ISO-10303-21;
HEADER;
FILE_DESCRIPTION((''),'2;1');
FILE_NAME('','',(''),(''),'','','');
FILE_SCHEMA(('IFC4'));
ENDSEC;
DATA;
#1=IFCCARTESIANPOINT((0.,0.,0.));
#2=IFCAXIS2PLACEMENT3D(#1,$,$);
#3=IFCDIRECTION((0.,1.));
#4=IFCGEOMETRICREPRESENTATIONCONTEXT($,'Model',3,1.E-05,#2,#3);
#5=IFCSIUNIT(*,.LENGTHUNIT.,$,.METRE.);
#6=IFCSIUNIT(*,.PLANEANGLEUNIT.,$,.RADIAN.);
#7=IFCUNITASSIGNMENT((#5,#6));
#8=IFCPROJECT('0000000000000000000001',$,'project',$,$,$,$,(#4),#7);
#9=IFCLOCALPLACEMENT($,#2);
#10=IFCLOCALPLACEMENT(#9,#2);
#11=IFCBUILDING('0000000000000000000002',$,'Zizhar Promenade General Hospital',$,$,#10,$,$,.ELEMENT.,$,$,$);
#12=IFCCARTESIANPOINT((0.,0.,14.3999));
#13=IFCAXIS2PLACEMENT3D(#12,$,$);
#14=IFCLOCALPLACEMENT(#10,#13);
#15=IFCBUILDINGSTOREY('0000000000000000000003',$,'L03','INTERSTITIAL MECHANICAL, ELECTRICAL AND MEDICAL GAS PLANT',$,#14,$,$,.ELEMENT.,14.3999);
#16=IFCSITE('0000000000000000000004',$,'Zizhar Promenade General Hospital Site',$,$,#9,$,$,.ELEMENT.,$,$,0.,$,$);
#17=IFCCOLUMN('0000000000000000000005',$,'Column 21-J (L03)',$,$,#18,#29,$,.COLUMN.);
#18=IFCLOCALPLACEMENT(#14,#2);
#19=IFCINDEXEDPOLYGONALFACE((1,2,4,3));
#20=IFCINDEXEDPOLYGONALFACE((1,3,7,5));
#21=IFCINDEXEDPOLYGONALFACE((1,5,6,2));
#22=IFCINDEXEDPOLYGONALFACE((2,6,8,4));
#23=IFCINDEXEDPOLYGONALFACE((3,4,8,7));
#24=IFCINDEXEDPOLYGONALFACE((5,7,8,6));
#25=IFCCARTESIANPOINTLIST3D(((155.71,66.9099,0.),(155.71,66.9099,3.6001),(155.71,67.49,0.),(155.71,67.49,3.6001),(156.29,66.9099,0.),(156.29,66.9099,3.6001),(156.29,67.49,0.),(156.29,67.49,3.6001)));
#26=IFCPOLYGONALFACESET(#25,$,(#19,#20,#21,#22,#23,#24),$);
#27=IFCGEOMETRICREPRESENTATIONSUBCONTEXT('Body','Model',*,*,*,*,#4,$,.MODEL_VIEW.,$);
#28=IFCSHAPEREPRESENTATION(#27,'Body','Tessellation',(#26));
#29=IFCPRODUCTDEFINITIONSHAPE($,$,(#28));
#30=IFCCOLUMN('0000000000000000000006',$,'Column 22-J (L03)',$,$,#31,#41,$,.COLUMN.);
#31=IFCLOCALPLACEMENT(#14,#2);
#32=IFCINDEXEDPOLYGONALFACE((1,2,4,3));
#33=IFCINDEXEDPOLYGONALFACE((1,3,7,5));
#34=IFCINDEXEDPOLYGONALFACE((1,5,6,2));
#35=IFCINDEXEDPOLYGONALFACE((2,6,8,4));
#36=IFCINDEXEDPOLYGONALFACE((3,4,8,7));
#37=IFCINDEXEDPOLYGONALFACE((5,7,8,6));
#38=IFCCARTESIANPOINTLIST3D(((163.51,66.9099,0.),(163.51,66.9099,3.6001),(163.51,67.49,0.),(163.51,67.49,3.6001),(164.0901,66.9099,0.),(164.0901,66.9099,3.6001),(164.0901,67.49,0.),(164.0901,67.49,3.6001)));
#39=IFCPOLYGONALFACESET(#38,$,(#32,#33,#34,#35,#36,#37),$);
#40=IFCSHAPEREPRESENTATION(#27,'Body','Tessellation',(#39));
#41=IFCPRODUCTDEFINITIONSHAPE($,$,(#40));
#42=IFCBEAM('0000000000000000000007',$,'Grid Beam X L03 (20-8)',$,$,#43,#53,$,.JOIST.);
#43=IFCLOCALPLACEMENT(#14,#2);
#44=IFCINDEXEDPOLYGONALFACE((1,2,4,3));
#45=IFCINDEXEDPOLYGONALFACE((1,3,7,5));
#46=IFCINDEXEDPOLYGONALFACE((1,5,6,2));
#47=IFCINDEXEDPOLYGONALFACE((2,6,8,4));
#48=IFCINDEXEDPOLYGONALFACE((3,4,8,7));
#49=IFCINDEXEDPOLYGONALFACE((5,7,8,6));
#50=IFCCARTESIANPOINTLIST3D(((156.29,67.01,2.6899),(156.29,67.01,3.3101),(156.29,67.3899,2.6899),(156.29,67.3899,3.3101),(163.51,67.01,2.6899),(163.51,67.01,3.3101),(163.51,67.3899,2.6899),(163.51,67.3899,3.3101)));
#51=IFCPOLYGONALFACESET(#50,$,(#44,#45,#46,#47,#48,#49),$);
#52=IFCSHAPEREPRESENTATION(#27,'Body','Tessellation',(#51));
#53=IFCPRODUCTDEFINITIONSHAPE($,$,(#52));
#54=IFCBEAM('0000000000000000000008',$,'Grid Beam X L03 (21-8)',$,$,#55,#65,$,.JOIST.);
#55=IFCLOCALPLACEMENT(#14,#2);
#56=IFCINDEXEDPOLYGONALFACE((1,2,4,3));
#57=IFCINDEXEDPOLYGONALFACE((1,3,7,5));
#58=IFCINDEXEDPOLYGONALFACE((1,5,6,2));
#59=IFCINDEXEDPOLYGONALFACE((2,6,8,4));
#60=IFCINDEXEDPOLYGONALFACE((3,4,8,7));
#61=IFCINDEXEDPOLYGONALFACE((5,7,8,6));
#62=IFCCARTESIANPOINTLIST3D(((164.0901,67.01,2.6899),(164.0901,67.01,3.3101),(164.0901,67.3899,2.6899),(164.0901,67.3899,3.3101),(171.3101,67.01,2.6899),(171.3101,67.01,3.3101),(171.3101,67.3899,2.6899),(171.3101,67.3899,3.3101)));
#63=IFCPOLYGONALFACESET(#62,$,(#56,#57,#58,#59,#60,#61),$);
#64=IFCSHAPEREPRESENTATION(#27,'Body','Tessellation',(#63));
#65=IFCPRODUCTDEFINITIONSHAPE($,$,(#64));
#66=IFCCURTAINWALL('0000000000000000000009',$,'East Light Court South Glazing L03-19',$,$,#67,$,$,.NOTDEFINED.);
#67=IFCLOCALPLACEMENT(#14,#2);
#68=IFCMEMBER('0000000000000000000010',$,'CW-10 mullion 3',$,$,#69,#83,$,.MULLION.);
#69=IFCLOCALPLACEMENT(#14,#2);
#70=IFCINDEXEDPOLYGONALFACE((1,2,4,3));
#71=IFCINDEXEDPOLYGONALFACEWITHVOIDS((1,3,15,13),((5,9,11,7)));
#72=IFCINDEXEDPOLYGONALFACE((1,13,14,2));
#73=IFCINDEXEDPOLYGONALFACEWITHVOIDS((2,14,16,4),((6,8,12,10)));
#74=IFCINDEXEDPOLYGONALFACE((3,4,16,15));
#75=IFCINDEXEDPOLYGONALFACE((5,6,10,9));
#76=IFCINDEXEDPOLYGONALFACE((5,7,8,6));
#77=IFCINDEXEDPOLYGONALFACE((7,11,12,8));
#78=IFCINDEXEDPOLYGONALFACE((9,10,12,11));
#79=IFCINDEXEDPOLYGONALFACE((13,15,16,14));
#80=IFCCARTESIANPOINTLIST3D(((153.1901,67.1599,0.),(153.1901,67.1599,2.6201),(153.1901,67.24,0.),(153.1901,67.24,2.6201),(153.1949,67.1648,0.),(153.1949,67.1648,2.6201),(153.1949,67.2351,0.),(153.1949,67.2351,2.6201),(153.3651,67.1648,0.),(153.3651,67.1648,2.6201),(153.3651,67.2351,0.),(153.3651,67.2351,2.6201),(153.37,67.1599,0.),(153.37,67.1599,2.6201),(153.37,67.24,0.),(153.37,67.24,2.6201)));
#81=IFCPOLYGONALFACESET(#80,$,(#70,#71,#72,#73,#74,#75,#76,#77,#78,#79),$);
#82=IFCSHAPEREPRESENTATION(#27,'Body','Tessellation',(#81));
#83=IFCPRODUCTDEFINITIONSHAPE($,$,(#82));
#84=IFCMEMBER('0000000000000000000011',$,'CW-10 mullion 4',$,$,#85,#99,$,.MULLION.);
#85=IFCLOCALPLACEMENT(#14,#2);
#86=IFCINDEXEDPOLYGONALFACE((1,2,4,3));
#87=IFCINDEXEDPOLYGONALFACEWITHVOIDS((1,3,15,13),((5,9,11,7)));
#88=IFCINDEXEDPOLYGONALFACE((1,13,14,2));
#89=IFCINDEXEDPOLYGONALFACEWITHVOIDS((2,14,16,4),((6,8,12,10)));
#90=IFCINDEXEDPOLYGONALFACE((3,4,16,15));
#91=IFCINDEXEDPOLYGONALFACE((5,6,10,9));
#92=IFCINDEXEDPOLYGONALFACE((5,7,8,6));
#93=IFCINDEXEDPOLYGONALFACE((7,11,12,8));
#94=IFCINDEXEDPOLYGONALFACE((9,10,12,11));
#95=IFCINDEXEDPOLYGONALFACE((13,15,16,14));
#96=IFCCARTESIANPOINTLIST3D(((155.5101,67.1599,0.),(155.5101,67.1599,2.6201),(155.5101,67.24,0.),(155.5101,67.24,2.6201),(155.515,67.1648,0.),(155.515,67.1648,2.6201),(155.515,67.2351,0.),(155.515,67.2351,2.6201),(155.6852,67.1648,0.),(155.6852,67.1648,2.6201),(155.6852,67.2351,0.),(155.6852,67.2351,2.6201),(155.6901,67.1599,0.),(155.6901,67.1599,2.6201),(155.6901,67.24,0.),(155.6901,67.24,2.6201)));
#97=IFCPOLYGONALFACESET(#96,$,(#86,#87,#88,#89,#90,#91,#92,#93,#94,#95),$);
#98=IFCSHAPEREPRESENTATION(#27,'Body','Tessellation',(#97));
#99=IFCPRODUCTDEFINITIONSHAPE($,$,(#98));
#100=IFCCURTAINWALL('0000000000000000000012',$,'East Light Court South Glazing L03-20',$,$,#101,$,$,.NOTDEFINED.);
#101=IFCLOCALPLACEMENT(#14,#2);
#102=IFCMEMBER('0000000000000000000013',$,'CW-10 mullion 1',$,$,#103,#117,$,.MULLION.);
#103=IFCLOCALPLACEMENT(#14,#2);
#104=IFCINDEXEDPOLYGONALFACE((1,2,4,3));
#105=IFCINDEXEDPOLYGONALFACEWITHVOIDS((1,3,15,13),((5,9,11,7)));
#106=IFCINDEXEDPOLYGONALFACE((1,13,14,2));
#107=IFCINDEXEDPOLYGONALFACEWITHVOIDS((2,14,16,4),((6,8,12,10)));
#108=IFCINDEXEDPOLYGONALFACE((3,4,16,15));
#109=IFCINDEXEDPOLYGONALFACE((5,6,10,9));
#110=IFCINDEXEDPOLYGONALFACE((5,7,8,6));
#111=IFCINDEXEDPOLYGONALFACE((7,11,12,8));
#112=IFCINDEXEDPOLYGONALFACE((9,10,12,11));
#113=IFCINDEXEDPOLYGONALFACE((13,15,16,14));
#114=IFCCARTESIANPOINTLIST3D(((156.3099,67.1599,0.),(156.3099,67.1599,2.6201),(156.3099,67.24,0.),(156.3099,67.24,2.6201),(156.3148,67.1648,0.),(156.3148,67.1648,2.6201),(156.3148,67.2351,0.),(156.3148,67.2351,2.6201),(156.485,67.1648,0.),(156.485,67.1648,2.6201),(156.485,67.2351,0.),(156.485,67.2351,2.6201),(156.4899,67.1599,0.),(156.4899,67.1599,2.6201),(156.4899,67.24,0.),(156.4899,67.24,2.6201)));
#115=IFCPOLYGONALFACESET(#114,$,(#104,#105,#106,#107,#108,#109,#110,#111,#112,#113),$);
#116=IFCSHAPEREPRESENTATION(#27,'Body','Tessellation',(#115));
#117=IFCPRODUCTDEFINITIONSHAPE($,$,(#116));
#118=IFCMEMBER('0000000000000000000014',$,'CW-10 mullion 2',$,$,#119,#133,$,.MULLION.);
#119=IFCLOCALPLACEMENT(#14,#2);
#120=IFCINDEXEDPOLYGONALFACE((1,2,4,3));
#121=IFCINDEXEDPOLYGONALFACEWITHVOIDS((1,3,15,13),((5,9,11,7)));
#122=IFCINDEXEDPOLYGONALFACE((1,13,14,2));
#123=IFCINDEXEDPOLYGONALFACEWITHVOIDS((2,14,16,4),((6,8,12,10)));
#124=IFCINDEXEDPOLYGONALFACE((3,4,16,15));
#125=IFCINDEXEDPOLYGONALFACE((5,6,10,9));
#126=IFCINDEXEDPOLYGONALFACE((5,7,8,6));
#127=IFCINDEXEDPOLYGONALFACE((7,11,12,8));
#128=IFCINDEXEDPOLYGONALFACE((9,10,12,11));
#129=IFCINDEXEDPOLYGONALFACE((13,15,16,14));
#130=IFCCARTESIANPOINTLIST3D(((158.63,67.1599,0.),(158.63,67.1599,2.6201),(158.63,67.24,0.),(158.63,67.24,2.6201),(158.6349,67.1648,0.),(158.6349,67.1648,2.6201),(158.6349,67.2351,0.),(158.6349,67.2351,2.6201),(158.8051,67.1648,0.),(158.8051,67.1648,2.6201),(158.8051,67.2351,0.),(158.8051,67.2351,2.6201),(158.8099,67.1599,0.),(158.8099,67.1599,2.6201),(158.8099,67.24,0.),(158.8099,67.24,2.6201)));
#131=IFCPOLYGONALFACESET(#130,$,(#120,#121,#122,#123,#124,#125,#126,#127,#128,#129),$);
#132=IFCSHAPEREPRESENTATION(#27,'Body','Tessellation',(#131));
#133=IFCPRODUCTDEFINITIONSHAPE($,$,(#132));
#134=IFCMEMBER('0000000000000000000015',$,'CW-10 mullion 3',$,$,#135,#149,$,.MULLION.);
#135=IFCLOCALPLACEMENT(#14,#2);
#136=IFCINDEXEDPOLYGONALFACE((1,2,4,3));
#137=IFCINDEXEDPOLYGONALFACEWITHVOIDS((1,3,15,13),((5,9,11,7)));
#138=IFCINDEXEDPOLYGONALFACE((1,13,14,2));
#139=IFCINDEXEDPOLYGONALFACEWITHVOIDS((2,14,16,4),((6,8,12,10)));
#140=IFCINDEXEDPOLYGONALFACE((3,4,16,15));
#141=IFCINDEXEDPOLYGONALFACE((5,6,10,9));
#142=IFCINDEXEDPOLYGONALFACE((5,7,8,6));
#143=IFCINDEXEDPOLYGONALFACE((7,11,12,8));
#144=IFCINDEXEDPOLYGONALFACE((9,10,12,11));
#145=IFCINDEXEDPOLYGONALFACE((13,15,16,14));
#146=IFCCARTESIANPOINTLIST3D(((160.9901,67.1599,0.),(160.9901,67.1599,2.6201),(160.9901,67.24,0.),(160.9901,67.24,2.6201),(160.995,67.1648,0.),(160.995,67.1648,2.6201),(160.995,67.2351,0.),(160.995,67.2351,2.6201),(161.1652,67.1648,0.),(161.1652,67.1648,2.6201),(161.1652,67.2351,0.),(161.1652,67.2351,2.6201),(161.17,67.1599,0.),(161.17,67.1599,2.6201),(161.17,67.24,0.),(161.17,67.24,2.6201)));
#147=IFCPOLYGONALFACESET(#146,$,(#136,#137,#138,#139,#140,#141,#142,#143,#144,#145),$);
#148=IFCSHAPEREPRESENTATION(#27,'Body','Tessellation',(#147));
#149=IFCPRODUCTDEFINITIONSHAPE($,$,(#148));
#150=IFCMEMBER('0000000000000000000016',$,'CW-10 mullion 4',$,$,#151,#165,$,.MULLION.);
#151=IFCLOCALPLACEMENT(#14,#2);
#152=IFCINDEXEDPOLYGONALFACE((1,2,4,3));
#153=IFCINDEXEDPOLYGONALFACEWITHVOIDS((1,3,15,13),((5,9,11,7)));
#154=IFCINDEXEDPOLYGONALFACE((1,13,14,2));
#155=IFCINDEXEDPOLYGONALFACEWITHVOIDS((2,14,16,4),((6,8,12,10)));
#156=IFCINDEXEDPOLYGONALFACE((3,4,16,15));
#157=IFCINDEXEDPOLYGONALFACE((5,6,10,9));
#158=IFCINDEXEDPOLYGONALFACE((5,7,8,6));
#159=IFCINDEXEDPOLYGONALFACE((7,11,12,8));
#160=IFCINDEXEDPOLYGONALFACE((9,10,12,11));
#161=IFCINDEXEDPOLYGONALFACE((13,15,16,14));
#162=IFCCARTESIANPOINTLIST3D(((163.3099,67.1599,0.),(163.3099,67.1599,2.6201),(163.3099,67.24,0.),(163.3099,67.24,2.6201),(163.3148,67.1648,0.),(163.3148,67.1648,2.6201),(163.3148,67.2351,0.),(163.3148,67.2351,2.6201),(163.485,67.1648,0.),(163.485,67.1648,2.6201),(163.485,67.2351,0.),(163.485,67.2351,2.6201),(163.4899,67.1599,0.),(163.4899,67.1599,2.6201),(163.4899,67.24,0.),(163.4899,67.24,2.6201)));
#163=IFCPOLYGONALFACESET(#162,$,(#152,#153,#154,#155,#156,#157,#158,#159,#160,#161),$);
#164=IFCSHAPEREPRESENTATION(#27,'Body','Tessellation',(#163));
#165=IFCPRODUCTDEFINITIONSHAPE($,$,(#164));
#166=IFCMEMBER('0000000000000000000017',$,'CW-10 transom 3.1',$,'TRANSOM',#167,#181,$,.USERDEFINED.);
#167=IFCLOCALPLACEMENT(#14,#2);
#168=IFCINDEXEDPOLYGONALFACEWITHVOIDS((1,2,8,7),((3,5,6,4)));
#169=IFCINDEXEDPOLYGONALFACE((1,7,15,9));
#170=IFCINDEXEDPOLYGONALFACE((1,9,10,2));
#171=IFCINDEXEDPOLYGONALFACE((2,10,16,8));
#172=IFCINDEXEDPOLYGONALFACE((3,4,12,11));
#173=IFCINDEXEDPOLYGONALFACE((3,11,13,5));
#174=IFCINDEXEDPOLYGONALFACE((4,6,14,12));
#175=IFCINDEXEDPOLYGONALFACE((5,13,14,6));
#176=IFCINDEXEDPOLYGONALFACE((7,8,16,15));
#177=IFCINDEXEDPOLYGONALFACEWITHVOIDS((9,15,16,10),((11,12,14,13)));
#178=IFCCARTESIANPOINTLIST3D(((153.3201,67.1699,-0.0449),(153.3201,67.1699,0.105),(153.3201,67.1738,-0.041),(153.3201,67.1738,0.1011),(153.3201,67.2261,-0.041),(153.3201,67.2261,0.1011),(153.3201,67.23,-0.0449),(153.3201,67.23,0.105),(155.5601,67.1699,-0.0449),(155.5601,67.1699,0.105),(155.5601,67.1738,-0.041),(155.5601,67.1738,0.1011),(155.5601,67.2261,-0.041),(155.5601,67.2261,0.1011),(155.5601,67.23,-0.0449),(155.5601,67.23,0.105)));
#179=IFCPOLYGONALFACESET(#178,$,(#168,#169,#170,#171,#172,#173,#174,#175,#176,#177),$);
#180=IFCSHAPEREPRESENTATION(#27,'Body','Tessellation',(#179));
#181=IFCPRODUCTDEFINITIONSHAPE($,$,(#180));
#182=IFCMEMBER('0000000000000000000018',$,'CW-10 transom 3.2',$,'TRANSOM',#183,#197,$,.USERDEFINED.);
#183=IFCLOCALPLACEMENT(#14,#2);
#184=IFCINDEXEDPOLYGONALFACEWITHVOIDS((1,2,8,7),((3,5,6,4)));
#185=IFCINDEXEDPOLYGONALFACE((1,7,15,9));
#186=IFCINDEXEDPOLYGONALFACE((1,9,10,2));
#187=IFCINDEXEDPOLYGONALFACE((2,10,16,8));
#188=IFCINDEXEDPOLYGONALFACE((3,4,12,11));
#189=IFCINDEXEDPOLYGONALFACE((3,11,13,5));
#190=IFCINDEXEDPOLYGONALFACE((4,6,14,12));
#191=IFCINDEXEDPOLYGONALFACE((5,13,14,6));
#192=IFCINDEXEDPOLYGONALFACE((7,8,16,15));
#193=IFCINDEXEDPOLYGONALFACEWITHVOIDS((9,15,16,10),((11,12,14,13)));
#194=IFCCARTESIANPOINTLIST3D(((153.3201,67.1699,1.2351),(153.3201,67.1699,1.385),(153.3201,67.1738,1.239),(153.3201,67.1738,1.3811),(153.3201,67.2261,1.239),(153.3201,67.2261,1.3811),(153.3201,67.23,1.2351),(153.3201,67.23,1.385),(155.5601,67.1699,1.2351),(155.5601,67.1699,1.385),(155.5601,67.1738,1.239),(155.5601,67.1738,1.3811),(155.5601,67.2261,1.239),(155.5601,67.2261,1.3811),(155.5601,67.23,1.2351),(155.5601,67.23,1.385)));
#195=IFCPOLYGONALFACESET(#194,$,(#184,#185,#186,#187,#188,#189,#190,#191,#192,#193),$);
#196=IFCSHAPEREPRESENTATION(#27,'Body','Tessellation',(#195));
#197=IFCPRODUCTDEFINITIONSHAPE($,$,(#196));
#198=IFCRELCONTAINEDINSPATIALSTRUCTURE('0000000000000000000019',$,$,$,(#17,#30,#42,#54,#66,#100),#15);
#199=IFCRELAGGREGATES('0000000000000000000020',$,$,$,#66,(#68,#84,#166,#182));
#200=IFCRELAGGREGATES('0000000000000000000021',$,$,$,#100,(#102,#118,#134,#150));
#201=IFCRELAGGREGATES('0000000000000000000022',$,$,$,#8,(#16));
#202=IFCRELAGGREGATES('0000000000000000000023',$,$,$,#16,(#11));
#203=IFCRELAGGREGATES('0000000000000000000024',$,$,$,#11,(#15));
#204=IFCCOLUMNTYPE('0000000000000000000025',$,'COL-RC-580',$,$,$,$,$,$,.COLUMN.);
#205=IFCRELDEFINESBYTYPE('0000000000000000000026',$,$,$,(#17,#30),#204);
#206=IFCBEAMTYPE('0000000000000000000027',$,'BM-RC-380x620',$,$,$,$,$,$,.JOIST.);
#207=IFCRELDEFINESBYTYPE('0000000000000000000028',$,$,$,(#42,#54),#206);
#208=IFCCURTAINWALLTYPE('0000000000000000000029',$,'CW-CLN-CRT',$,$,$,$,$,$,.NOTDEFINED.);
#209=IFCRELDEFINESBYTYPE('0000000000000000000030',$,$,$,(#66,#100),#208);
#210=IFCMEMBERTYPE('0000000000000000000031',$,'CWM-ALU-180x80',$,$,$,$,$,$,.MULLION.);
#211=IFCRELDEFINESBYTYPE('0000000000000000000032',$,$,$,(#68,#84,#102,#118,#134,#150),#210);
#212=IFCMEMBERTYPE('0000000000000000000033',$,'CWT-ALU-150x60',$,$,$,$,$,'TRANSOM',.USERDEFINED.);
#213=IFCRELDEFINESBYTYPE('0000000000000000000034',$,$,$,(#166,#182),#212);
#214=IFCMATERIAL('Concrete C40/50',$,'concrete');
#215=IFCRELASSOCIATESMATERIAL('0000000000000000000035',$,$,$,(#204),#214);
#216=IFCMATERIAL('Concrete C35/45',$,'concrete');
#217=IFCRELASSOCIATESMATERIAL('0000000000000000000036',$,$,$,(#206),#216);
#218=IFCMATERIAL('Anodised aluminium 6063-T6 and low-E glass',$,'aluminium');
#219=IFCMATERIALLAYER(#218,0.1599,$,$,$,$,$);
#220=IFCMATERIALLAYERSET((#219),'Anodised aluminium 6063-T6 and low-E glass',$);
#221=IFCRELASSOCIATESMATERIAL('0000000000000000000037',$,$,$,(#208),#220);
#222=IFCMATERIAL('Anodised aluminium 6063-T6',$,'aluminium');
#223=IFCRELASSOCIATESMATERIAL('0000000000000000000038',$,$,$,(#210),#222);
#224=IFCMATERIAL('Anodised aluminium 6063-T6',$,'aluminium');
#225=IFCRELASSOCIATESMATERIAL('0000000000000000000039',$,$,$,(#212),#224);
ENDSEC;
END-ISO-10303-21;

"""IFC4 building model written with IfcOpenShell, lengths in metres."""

from ifc_helpers import new_model, si_unit, direction, frame, origin, origin_2d, place, context, subcontext, project, spatial, rectangle, hollow_rectangle, extrude, material, layer, layer_set, material_profile, profile_set, type_object, element, aggregate, save


model = new_model("IFC4")

# Units and contexts
model_context = context("Model", 3, precision=1e-05, world=origin(), true_north=direction((0.0, 1.0)))
body_context = subcontext(model_context, "Body", "Model", "MODEL_VIEW")
ifc_project = project(units=[si_unit("LENGTHUNIT", "METRE"), si_unit("PLANEANGLEUNIT", "RADIAN")], contexts=[model_context])

# Site, building, storey
site_placement = place(None, origin())
site = spatial("IfcSite", under=ifc_project, at=site_placement, Name="Zizhar Promenade General Hospital Site", CompositionType="ELEMENT", RefElevation=0.0)
building_placement = place(site_placement, origin())
building = spatial("IfcBuilding", under=site, at=building_placement, Name="Zizhar Promenade General Hospital", CompositionType="ELEMENT")
storey_placement = place(building_placement, frame((0.0, 0.0, 14.3999)))
storey = spatial("IfcBuildingStorey", under=building, at=storey_placement, Name="L03", Description="INTERSTITIAL MECHANICAL, ELECTRICAL AND MEDICAL GAS PLANT", CompositionType="ELEMENT", Elevation=14.3999)

# Columns
ifc_material_1 = material(Name="Concrete C40/50", Category="concrete")
ifc_material_profile_1 = material_profile(ifc_material_1, rectangle(XDim=0.5801, YDim=0.5801, at=origin_2d()))
ifc_profile_set_1 = profile_set([ifc_material_profile_1], Name="Concrete C40/50")
column_type = type_object("IfcColumnType", Name="COL-RC-580", PredefinedType="COLUMN", material=ifc_profile_set_1)
for number, where, z_axis, x_axis, name in (
    (1, (156.0, 67.2, 0.0), (0.0, 0.0, 1.0), (1.0, 0.0, 0.0), "Column 21-J (L03)"),
    (2, (163.8, 67.2, 0.0), (0.0, 0.0, 1.0), (1.0, 0.0, 0.0), "Column 22-J (L03)"),
):
    element("IfcColumn", number, at=place(storey_placement, frame(where, z_axis=z_axis, x_axis=x_axis)), inside=storey, type_object=column_type, Name=name, PredefinedType="COLUMN", context=body_context, shape_type="SweptSolid", body=[
        extrude(rectangle(XDim=0.5801, YDim=0.5801, at=origin_2d()), origin(), (0.0, 0.0, 1.0), 3.6001),
    ])

# Beams
ifc_material_2 = material(Name="Concrete C35/45", Category="concrete")
ifc_material_profile_2 = material_profile(ifc_material_2, rectangle(XDim=0.3799, YDim=0.6201, at=origin_2d()))
ifc_profile_set_2 = profile_set([ifc_material_profile_2], Name="Concrete C35/45")
beam_type = type_object("IfcBeamType", Name="BM-RC-380x620", PredefinedType="JOIST", material=ifc_profile_set_2)
for number, where, z_axis, x_axis, name in (
    (3, (156.29, 67.2, 3.0), (1.0, 0.0, 0.0), (0.0, 1.0, 0.0), "Grid Beam X L03 (20-8)"),
    (4, (164.0901, 67.2, 3.0), (1.0, 0.0, 0.0), (0.0, 1.0, 0.0), "Grid Beam X L03 (21-8)"),
):
    element("IfcBeam", number, at=place(storey_placement, frame(where, z_axis=z_axis, x_axis=x_axis)), inside=storey, type_object=beam_type, Name=name, PredefinedType="JOIST", context=body_context, shape_type="SweptSolid", body=[
        extrude(rectangle(XDim=0.3799, YDim=0.6201, at=origin_2d()), origin(), (0.0, 0.0, 1.0), 7.22),
    ])

# Curtain walls, members
ifc_material_3 = material(Name="Anodised aluminium 6063-T6 and low-E glass", Category="aluminium")
ifc_layer_1 = layer(ifc_material_3, 0.1599)
ifc_layer_set_1 = layer_set([ifc_layer_1], Name="Anodised aluminium 6063-T6 and low-E glass")
curtain_wall_type = type_object("IfcCurtainWallType", Name="CW-CLN-CRT", PredefinedType="NOTDEFINED", material=ifc_layer_set_1)
curtain_wall_1_placement = place(storey_placement, origin())
curtain_wall_1 = element("IfcCurtainWall", 5, at=curtain_wall_1_placement, inside=storey, type_object=curtain_wall_type, Name="East Light Court South Glazing L03-19", PredefinedType="NOTDEFINED")
ifc_material_4 = material(Name="Anodised aluminium 6063-T6", Category="aluminium")
ifc_material_profile_3 = material_profile(ifc_material_4, hollow_rectangle(XDim=0.0801, YDim=0.1799, WallThickness=0.0049, at=origin_2d()))
ifc_profile_set_3 = profile_set([ifc_material_profile_3], Name="Anodised aluminium 6063-T6")
member_type_1 = type_object("IfcMemberType", Name="CWM-ALU-180x80", PredefinedType="MULLION", material=ifc_profile_set_3)
member_1_placement = place(storey_placement, frame((153.28, 67.2, 0.0), z_axis=(0.0, 0.0, 1.0), x_axis=(0.0, 1.0, 0.0)))
member_1 = element("IfcMember", 6, at=member_1_placement, type_object=member_type_1, Name="CW-10 mullion 3", PredefinedType="MULLION", context=body_context, shape_type="SweptSolid", body=[
    extrude(hollow_rectangle(XDim=0.0801, YDim=0.1799, WallThickness=0.0049, at=origin_2d()), origin(), (0.0, 0.0, 1.0), 2.6201),
])
member_2_placement = place(storey_placement, frame((155.6001, 67.2, 0.0), z_axis=(0.0, 0.0, 1.0), x_axis=(0.0, 1.0, 0.0)))
member_2 = element("IfcMember", 7, at=member_2_placement, type_object=member_type_1, Name="CW-10 mullion 4", PredefinedType="MULLION", context=body_context, shape_type="SweptSolid", body=[
    extrude(hollow_rectangle(XDim=0.0801, YDim=0.1799, WallThickness=0.0049, at=origin_2d()), origin(), (0.0, 0.0, 1.0), 2.6201),
])
curtain_wall_2_placement = place(storey_placement, origin())
curtain_wall_2 = element("IfcCurtainWall", 8, at=curtain_wall_2_placement, inside=storey, type_object=curtain_wall_type, Name="East Light Court South Glazing L03-20", PredefinedType="NOTDEFINED")
member_3_placement = place(storey_placement, frame((156.3999, 67.2, 0.0), z_axis=(0.0, 0.0, 1.0), x_axis=(0.0, 1.0, 0.0)))
member_3 = element("IfcMember", 9, at=member_3_placement, type_object=member_type_1, Name="CW-10 mullion 1", PredefinedType="MULLION", context=body_context, shape_type="SweptSolid", body=[
    extrude(hollow_rectangle(XDim=0.0801, YDim=0.1799, WallThickness=0.0049, at=origin_2d()), origin(), (0.0, 0.0, 1.0), 2.6201),
])
member_4_placement = place(storey_placement, frame((158.72, 67.2, 0.0), z_axis=(0.0, 0.0, 1.0), x_axis=(0.0, 1.0, 0.0)))
member_4 = element("IfcMember", 10, at=member_4_placement, type_object=member_type_1, Name="CW-10 mullion 2", PredefinedType="MULLION", context=body_context, shape_type="SweptSolid", body=[
    extrude(hollow_rectangle(XDim=0.0801, YDim=0.1799, WallThickness=0.0049, at=origin_2d()), origin(), (0.0, 0.0, 1.0), 2.6201),
])
member_5_placement = place(storey_placement, frame((161.0801, 67.2, 0.0), z_axis=(0.0, 0.0, 1.0), x_axis=(0.0, 1.0, 0.0)))
member_5 = element("IfcMember", 11, at=member_5_placement, type_object=member_type_1, Name="CW-10 mullion 3", PredefinedType="MULLION", context=body_context, shape_type="SweptSolid", body=[
    extrude(hollow_rectangle(XDim=0.0801, YDim=0.1799, WallThickness=0.0049, at=origin_2d()), origin(), (0.0, 0.0, 1.0), 2.6201),
])
member_6_placement = place(storey_placement, frame((163.3999, 67.2, 0.0), z_axis=(0.0, 0.0, 1.0), x_axis=(0.0, 1.0, 0.0)))
member_6 = element("IfcMember", 12, at=member_6_placement, type_object=member_type_1, Name="CW-10 mullion 4", PredefinedType="MULLION", context=body_context, shape_type="SweptSolid", body=[
    extrude(hollow_rectangle(XDim=0.0801, YDim=0.1799, WallThickness=0.0049, at=origin_2d()), origin(), (0.0, 0.0, 1.0), 2.6201),
])

# Members
ifc_material_5 = material(Name="Anodised aluminium 6063-T6", Category="aluminium")
ifc_material_profile_4 = material_profile(ifc_material_5, hollow_rectangle(XDim=0.0601, YDim=0.1499, WallThickness=0.0039, at=origin_2d()))
ifc_profile_set_4 = profile_set([ifc_material_profile_4], Name="Anodised aluminium 6063-T6")
member_type_2 = type_object("IfcMemberType", Name="CWT-ALU-150x60", ElementType="TRANSOM", PredefinedType="USERDEFINED", material=ifc_profile_set_4)
member_7_placement = place(storey_placement, frame((153.3201, 67.2, 0.03), z_axis=(1.0, 0.0, 0.0), x_axis=(0.0, 1.0, 0.0)))
member_7 = element("IfcMember", 13, at=member_7_placement, type_object=member_type_2, Name="CW-10 transom 3.1", ObjectType="TRANSOM", PredefinedType="USERDEFINED", context=body_context, shape_type="SweptSolid", body=[
    extrude(hollow_rectangle(XDim=0.0601, YDim=0.1499, WallThickness=0.0039, at=origin_2d()), origin(), (0.0, 0.0, 1.0), 2.24),
])
member_8_placement = place(storey_placement, frame((153.3201, 67.2, 1.3101), z_axis=(1.0, 0.0, 0.0), x_axis=(0.0, 1.0, 0.0)))
member_8 = element("IfcMember", 14, at=member_8_placement, type_object=member_type_2, Name="CW-10 transom 3.2", ObjectType="TRANSOM", PredefinedType="USERDEFINED", context=body_context, shape_type="SweptSolid", body=[
    extrude(hollow_rectangle(XDim=0.0601, YDim=0.1499, WallThickness=0.0039, at=origin_2d()), origin(), (0.0, 0.0, 1.0), 2.24),
])

aggregate(curtain_wall_1, [member_1, member_2, member_7, member_8])
aggregate(curtain_wall_2, [member_3, member_4, member_5, member_6])

save(model, "model.ifc")
